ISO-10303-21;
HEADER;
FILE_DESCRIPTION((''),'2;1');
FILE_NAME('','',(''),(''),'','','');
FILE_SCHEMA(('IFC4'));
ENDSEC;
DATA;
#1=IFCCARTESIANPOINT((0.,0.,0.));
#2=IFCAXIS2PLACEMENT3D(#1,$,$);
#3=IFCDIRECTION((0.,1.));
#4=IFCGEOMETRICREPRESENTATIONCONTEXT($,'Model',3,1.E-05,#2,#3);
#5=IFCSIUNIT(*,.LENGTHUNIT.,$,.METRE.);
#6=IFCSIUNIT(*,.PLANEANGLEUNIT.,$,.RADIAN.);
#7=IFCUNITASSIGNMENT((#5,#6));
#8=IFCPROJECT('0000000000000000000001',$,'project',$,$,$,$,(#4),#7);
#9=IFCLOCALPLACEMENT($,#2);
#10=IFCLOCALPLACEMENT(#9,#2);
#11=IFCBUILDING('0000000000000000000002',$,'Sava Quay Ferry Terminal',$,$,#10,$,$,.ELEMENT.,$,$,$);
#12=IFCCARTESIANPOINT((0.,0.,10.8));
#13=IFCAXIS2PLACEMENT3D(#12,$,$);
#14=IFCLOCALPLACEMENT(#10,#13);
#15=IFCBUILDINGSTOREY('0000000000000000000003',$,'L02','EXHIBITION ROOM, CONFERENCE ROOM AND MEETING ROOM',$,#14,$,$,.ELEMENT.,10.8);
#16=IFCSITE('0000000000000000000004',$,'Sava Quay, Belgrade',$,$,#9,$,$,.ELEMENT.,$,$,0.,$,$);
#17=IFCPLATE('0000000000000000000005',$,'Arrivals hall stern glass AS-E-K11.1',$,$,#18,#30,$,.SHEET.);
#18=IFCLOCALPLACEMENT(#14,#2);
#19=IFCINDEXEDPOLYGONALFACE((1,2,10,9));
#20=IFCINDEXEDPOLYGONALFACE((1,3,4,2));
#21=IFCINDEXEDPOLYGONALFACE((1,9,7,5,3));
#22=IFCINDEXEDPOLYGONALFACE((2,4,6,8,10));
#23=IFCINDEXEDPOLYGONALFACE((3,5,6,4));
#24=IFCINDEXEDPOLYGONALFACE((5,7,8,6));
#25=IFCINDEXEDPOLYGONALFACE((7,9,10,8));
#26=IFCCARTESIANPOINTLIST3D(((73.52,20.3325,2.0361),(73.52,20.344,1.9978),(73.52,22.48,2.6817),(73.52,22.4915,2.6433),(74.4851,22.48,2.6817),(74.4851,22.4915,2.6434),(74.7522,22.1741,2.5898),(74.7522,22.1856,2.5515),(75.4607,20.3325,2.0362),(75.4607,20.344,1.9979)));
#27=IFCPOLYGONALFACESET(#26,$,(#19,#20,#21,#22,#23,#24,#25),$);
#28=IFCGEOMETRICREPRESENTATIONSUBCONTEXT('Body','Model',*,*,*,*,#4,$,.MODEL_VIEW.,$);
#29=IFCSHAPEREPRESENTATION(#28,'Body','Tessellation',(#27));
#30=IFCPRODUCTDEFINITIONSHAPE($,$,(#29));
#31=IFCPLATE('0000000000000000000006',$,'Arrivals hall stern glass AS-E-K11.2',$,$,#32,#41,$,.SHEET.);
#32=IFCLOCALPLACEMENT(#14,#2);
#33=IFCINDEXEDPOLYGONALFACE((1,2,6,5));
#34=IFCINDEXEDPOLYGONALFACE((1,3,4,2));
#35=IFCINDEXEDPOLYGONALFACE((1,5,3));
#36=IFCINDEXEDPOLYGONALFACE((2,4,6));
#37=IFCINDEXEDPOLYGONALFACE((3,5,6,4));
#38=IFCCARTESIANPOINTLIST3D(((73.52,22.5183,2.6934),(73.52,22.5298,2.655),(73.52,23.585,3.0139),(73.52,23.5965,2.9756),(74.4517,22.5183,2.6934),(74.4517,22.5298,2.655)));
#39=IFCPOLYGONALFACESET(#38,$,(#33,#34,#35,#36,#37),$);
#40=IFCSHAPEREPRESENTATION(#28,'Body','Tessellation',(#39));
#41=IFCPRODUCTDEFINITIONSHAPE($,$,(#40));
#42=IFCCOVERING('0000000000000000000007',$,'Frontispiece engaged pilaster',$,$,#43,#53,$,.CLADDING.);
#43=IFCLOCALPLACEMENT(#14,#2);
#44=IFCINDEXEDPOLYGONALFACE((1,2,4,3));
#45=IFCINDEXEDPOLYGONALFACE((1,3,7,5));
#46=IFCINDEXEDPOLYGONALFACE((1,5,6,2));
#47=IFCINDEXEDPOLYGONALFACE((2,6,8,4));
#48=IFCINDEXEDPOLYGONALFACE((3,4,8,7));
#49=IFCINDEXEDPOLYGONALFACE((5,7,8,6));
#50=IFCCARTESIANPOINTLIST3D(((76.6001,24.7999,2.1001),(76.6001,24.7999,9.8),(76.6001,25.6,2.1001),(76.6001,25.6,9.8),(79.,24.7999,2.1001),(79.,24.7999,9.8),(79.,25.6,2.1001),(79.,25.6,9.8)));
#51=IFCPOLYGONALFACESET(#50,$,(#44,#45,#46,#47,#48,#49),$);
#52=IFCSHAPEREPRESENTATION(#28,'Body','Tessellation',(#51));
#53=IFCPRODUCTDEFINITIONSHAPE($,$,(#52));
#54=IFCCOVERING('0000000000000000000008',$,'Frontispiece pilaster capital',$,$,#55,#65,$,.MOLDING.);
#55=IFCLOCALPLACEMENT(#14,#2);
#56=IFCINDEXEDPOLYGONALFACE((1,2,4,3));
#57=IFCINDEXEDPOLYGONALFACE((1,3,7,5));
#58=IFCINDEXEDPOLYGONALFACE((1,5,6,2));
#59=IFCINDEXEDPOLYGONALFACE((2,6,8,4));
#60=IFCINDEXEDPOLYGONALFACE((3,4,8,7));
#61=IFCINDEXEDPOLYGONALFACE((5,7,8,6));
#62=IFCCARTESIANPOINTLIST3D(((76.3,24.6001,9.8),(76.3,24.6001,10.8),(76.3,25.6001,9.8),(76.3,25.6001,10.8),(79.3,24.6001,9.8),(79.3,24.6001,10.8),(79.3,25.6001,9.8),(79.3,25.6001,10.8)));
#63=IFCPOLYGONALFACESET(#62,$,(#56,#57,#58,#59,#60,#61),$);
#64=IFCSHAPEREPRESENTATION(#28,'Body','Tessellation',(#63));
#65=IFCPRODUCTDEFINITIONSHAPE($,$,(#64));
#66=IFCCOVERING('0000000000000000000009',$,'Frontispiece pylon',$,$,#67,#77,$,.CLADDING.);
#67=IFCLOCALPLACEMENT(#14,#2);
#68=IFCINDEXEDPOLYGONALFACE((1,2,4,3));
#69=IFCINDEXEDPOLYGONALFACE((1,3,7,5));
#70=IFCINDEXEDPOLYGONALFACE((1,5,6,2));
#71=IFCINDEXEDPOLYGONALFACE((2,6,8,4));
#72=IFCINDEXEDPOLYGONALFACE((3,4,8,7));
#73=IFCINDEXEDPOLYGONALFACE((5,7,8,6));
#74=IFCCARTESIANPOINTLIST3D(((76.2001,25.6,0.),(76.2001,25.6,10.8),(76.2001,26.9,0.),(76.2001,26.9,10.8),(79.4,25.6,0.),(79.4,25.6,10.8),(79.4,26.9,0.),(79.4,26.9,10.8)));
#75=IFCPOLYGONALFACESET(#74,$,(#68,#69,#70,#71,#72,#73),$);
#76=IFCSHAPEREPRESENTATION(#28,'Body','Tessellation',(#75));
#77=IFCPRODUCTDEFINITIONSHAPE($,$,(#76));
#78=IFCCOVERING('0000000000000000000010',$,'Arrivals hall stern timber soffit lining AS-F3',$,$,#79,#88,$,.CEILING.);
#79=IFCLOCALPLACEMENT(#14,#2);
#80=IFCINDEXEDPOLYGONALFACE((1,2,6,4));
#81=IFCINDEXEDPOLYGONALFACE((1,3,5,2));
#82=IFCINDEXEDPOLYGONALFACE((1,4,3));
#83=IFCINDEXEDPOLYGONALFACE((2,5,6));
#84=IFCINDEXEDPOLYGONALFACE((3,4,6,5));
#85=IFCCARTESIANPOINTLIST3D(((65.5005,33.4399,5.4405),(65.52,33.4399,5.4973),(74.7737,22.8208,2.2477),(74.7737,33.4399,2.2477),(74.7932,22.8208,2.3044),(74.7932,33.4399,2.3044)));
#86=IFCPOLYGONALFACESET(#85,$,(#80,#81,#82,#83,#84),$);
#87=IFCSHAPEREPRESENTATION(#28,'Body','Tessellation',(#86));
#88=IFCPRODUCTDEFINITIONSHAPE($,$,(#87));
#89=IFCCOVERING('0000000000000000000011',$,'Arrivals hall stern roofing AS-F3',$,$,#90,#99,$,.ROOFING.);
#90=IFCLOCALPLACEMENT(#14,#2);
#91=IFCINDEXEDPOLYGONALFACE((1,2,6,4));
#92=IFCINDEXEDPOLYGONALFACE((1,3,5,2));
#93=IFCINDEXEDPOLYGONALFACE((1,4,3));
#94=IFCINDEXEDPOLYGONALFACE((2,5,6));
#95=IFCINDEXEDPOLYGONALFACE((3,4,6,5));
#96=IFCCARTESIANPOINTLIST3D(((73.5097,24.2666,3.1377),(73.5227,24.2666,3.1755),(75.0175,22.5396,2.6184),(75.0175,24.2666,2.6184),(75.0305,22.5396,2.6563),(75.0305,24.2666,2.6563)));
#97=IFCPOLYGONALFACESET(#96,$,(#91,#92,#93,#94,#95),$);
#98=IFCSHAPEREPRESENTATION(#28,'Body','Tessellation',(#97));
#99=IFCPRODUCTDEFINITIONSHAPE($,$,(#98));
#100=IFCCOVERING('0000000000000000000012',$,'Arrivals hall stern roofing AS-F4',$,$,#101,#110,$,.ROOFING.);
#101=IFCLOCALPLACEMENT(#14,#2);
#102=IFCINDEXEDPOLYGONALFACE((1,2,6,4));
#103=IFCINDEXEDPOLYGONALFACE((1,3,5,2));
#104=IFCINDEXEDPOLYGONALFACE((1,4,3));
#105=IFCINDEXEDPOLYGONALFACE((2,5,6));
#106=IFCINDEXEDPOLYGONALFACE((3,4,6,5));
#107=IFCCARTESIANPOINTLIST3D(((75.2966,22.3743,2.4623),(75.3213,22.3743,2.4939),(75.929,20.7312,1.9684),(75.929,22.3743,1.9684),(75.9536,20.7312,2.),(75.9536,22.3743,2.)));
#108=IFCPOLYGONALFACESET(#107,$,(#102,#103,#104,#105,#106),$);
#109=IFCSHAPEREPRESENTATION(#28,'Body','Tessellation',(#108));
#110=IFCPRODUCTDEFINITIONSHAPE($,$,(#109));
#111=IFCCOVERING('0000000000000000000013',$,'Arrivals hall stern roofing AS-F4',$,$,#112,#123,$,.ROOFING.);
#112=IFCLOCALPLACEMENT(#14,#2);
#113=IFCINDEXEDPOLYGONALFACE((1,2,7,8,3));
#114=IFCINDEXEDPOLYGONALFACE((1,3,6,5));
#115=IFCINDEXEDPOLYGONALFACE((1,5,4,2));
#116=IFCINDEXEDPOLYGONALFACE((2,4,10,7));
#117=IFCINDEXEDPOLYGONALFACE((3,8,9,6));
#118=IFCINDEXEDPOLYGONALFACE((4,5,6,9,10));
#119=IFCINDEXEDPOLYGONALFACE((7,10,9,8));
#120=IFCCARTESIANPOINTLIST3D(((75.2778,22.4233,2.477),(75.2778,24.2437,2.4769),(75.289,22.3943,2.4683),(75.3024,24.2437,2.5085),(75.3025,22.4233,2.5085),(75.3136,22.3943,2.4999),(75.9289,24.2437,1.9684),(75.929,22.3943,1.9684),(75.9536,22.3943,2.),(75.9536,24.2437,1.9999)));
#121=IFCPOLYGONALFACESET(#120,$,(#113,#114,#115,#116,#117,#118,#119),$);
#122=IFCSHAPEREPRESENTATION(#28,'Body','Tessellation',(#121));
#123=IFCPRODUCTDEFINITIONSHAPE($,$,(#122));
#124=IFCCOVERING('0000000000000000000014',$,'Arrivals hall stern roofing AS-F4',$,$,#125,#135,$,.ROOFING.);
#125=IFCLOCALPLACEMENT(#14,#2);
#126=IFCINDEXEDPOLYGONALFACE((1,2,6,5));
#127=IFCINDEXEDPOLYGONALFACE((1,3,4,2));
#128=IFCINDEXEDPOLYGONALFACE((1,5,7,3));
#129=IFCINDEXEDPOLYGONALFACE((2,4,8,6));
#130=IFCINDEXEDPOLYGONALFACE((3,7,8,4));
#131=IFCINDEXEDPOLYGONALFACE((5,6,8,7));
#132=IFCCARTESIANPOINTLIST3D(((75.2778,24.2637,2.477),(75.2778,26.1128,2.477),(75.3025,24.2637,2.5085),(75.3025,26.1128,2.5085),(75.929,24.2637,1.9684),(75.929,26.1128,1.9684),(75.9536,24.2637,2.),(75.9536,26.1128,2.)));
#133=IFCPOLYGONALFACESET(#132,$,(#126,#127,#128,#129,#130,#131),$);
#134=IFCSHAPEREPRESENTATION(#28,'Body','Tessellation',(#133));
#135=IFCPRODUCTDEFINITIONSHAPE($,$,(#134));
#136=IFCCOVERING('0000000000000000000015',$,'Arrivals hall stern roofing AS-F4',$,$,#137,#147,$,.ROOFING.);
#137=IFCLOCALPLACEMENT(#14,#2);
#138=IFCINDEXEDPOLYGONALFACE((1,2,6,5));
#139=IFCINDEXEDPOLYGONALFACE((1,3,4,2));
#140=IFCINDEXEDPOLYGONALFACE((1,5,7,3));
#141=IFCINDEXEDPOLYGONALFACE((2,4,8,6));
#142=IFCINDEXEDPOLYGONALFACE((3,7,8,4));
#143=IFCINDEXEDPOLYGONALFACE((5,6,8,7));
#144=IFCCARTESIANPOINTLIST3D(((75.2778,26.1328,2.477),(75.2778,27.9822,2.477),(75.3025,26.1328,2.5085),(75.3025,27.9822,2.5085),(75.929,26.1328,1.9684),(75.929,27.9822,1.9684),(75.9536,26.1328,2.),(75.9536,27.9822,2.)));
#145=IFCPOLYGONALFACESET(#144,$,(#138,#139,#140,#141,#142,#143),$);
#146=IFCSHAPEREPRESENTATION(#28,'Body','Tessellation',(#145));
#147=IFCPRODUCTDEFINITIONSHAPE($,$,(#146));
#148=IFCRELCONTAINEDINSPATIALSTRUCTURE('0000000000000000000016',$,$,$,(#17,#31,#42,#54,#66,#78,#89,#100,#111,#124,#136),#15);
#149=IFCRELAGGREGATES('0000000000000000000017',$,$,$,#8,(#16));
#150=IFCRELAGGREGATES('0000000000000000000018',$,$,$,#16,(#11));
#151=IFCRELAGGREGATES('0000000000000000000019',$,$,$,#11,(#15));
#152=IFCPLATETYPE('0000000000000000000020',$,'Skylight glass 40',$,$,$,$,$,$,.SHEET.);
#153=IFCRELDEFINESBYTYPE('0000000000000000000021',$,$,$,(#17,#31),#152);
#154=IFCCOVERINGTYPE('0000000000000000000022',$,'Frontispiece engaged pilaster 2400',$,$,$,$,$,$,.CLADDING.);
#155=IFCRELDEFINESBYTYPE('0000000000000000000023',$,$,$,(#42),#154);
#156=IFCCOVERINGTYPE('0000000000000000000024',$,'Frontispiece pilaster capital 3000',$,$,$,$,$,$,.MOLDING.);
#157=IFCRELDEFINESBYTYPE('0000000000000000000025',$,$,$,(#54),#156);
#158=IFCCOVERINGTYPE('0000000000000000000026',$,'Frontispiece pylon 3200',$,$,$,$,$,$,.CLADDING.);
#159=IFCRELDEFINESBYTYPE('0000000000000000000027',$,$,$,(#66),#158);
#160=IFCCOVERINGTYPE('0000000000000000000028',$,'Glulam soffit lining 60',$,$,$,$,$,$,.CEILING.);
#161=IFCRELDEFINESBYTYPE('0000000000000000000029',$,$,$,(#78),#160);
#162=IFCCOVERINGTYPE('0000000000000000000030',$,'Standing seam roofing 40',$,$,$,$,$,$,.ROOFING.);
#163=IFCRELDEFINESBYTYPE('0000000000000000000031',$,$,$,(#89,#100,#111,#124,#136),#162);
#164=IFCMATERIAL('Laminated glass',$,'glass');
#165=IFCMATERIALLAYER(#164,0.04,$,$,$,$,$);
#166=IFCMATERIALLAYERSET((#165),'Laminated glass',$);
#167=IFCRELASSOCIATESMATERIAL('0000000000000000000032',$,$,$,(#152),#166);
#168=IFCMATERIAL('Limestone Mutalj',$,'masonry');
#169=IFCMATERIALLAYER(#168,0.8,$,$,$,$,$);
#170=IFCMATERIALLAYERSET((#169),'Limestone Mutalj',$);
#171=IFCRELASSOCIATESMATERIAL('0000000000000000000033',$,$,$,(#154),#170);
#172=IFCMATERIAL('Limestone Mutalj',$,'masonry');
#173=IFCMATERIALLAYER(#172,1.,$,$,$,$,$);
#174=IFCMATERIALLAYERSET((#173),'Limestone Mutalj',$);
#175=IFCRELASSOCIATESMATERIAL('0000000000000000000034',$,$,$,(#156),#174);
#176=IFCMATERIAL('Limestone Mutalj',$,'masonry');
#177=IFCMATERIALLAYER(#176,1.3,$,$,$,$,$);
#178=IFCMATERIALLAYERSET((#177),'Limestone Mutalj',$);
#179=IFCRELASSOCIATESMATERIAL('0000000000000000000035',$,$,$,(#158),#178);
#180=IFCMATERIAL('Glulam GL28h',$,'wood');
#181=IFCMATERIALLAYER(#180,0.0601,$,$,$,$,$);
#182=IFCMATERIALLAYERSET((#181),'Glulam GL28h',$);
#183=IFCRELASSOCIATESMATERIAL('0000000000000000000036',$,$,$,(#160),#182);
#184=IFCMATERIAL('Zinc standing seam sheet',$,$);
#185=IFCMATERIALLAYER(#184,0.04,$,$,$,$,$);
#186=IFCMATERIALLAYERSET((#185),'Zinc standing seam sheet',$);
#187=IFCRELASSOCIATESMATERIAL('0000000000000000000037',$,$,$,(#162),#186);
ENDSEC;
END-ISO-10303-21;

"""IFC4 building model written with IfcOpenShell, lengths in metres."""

from ifc_helpers import new_model, si_unit, direction, frame, origin, origin_2d, place, context, subcontext, project, spatial, polyline, rectangle, outline, extrude, material, layer, layer_set, type_object, element, save


model = new_model("IFC4")

# Units and contexts
model_context = context("Model", 3, precision=1e-05, world=origin(), true_north=direction((0.0, 1.0)))
body_context = subcontext(model_context, "Body", "Model", "MODEL_VIEW")
ifc_project = project(units=[si_unit("LENGTHUNIT", "METRE"), si_unit("PLANEANGLEUNIT", "RADIAN")], contexts=[model_context])

# Site, building, storey
site_placement = place(None, origin())
site = spatial("IfcSite", under=ifc_project, at=site_placement, Name="Sava Quay, Belgrade", CompositionType="ELEMENT", RefElevation=0.0)
building_placement = place(site_placement, origin())
building = spatial("IfcBuilding", under=site, at=building_placement, Name="Sava Quay Ferry Terminal", CompositionType="ELEMENT")
storey_placement = place(building_placement, frame((0.0, 0.0, 10.8)))
storey = spatial("IfcBuildingStorey", under=building, at=storey_placement, Name="L02", Description="EXHIBITION ROOM, CONFERENCE ROOM AND MEETING ROOM", CompositionType="ELEMENT", Elevation=10.8)

# Plates
ifc_material_1 = material(Name="Laminated glass", Category="glass")
ifc_layer_1 = layer(ifc_material_1, 0.04)
ifc_layer_set_1 = layer_set([ifc_layer_1], Name="Laminated glass")
plate_type = type_object("IfcPlateType", Name="Skylight glass 40", PredefinedType="SHEET", material=ifc_layer_set_1)
plate_1_placement = place(storey_placement, frame((73.52, 20.3325, 2.0361), z_axis=(-0.000049, -0.287888, 0.957664), x_axis=(0.0, 0.957664, 0.287888)))
element("IfcPlate", 1, at=plate_1_placement, inside=storey, type_object=plate_type, Name="Arrivals hall stern glass AS-E-K11.1", PredefinedType="SHEET", context=body_context, shape_type="SweptSolid", body=[
    extrude(outline(polyline([(0.0, 0.0), (2.2424, 0.0), (2.2424, -0.9651), (1.923, -1.2322), (0.0, -1.9407), (0.0, 0.0)])), origin(), (0.0, 0.0, -1.0), 0.04),
])
plate_2_placement = place(storey_placement, frame((73.52, 22.5183, 2.6934), z_axis=(0.0, -0.28781, 0.957687), x_axis=(0.0, 0.957687, 0.28781)))
element("IfcPlate", 2, at=plate_2_placement, inside=storey, type_object=plate_type, Name="Arrivals hall stern glass AS-E-K11.2", PredefinedType="SHEET", context=body_context, shape_type="SweptSolid", body=[
    extrude(outline(polyline([(0.0, 0.0), (1.1138, 0.0), (0.0, -0.9316), (0.0, 0.0)])), origin(), (0.0, 0.0, -1.0), 0.04),
])

# Coverings
ifc_material_2 = material(Name="Limestone Mutalj", Category="masonry")
ifc_layer_2 = layer(ifc_material_2, 0.8)
ifc_layer_set_2 = layer_set([ifc_layer_2], Name="Limestone Mutalj")
covering_type_1 = type_object("IfcCoveringType", Name="Frontispiece engaged pilaster 2400", PredefinedType="CLADDING", material=ifc_layer_set_2)
covering_1_placement = place(storey_placement, frame((77.8, 25.2, 2.1001), z_axis=(0.0, 0.0, 1.0), x_axis=(1.0, 0.0, 0.0)))
element("IfcCovering", 3, at=covering_1_placement, inside=storey, type_object=covering_type_1, Name="Frontispiece engaged pilaster", PredefinedType="CLADDING", context=body_context, shape_type="SweptSolid", body=[
    extrude(rectangle(XDim=2.3999, YDim=0.8, at=origin_2d()), origin(), (0.0, 0.0, 1.0), 7.7),
])
ifc_material_3 = material(Name="Limestone Mutalj", Category="masonry")
ifc_layer_3 = layer(ifc_material_3, 1.0)
ifc_layer_set_3 = layer_set([ifc_layer_3], Name="Limestone Mutalj")
covering_type_2 = type_object("IfcCoveringType", Name="Frontispiece pilaster capital 3000", PredefinedType="MOLDING", material=ifc_layer_set_3)
covering_2_placement = place(storey_placement, frame((77.8, 25.1001, 9.8), z_axis=(0.0, 0.0, 1.0), x_axis=(1.0, 0.0, 0.0)))
element("IfcCovering", 4, at=covering_2_placement, inside=storey, type_object=covering_type_2, Name="Frontispiece pilaster capital", PredefinedType="MOLDING", context=body_context, shape_type="SweptSolid", body=[
    extrude(rectangle(XDim=3.0, YDim=1.0, at=origin_2d()), origin(), (0.0, 0.0, 1.0), 1.0),
])
ifc_material_4 = material(Name="Limestone Mutalj", Category="masonry")
ifc_layer_4 = layer(ifc_material_4, 1.3)
ifc_layer_set_4 = layer_set([ifc_layer_4], Name="Limestone Mutalj")
covering_type_3 = type_object("IfcCoveringType", Name="Frontispiece pylon 3200", PredefinedType="CLADDING", material=ifc_layer_set_4)
covering_3_placement = place(storey_placement, frame((77.8, 26.25, 0.0), z_axis=(0.0, 0.0, 1.0), x_axis=(1.0, 0.0, 0.0)))
element("IfcCovering", 5, at=covering_3_placement, inside=storey, type_object=covering_type_3, Name="Frontispiece pylon", PredefinedType="CLADDING", context=body_context, shape_type="SweptSolid", body=[
    extrude(rectangle(XDim=3.2, YDim=1.3, at=origin_2d()), origin(), (0.0, 0.0, 1.0), 10.8),
])
ifc_material_5 = material(Name="Glulam GL28h", Category="wood")
ifc_layer_5 = layer(ifc_material_5, 0.0601)
ifc_layer_set_5 = layer_set([ifc_layer_5], Name="Glulam GL28h")
covering_type_4 = type_object("IfcCoveringType", Name="Glulam soffit lining 60", PredefinedType="CEILING", material=ifc_layer_set_5)
covering_4_placement = place(storey_placement, frame((74.7932, 22.8208, 2.3044), z_axis=(0.325555, 0.0, 0.945523), x_axis=(-0.641513, 0.734624, 0.220881)))
element("IfcCovering", 6, at=covering_4_placement, inside=storey, type_object=covering_type_4, Name="Arrivals hall stern timber soffit lining AS-F3", PredefinedType="CEILING", context=body_context, shape_type="SweptSolid", body=[
    extrude(outline(polyline([(0.0, 0.0), (14.4552, 0.0), (7.8011, -7.2048), (0.0, 0.0)])), origin(), (0.0, 0.0, -1.0), 0.0601),
])
ifc_material_6 = material(Name="Zinc standing seam sheet")
ifc_layer_6 = layer(ifc_material_6, 0.04)
ifc_layer_set_6 = layer_set([ifc_layer_6], Name="Zinc standing seam sheet")
covering_type_5 = type_object("IfcCoveringType", Name="Standing seam roofing 40", PredefinedType="ROOFING", material=ifc_layer_set_6)
covering_5_placement = place(storey_placement, frame((73.5227, 24.2666, 3.1755), z_axis=(0.325627, 0.0, 0.945498), x_axis=(0.945498, 0.0, -0.325627)))
element("IfcCovering", 7, at=covering_5_placement, inside=storey, type_object=covering_type_5, Name="Arrivals hall stern roofing AS-F3", PredefinedType="ROOFING", context=body_context, shape_type="SweptSolid", body=[
    extrude(outline(polyline([(0.0, 0.0), (1.5947, 0.0), (1.5947, -1.7271), (0.0, 0.0)])), origin(), (0.0, 0.0, -1.0), 0.04),
])
covering_6_placement = place(storey_placement, frame((75.3213, 22.3743, 2.4939), z_axis=(0.615561, 0.0, 0.788089), x_axis=(0.788089, 0.0, -0.615561)))
element("IfcCovering", 8, at=covering_6_placement, inside=storey, type_object=covering_type_5, Name="Arrivals hall stern roofing AS-F4", PredefinedType="ROOFING", context=body_context, shape_type="SweptSolid", body=[
    extrude(outline(polyline([(0.0, 0.0), (0.8024, 0.0), (0.8024, -1.6431), (0.0, 0.0)])), origin(), (0.0, 0.0, -1.0), 0.04),
])
covering_7_placement = place(storey_placement, frame((75.3025, 22.4233, 2.5085), z_axis=(0.615536, 0.000048, 0.788108), x_axis=(-0.00003, 1.0, -0.000038)))
element("IfcCovering", 9, at=covering_7_placement, inside=storey, type_object=covering_type_5, Name="Arrivals hall stern roofing AS-F4", PredefinedType="ROOFING", context=body_context, shape_type="SweptSolid", body=[
    extrude(outline(polyline([(0.0, 0.0), (1.8203, 0.0), (1.8203, -0.8262), (-0.0291, -0.8262), (-0.0291, -0.0141), (0.0, 0.0)])), origin(), (0.0, 0.0, -1.0), 0.04),
])
covering_8_placement = place(storey_placement, frame((75.3025, 26.1128, 2.5085), z_axis=(0.615535, 0.0, 0.788109), x_axis=(0.788109, 0.0, -0.615535)))
element("IfcCovering", 10, at=covering_8_placement, inside=storey, type_object=covering_type_5, Name="Arrivals hall stern roofing AS-F4", PredefinedType="ROOFING", context=body_context, shape_type="SweptSolid", body=[
    extrude(outline(polyline([(0.0, 0.0), (0.8262, 0.0), (0.8262, -1.8491), (0.0, -1.8491), (0.0, 0.0)])), origin(), (0.0, 0.0, -1.0), 0.04),
])
covering_9_placement = place(storey_placement, frame((75.3025, 27.9822, 2.5085), z_axis=(0.615535, 0.0, 0.788109), x_axis=(0.788109, 0.0, -0.615535)))
element("IfcCovering", 11, at=covering_9_placement, inside=storey, type_object=covering_type_5, Name="Arrivals hall stern roofing AS-F4", PredefinedType="ROOFING", context=body_context, shape_type="SweptSolid", body=[
    extrude(outline(polyline([(0.0, 0.0), (0.8262, 0.0), (0.8262, -1.8494), (0.0, -1.8494), (0.0, 0.0)])), origin(), (0.0, 0.0, -1.0), 0.04),
])

save(model, "model.ifc")
